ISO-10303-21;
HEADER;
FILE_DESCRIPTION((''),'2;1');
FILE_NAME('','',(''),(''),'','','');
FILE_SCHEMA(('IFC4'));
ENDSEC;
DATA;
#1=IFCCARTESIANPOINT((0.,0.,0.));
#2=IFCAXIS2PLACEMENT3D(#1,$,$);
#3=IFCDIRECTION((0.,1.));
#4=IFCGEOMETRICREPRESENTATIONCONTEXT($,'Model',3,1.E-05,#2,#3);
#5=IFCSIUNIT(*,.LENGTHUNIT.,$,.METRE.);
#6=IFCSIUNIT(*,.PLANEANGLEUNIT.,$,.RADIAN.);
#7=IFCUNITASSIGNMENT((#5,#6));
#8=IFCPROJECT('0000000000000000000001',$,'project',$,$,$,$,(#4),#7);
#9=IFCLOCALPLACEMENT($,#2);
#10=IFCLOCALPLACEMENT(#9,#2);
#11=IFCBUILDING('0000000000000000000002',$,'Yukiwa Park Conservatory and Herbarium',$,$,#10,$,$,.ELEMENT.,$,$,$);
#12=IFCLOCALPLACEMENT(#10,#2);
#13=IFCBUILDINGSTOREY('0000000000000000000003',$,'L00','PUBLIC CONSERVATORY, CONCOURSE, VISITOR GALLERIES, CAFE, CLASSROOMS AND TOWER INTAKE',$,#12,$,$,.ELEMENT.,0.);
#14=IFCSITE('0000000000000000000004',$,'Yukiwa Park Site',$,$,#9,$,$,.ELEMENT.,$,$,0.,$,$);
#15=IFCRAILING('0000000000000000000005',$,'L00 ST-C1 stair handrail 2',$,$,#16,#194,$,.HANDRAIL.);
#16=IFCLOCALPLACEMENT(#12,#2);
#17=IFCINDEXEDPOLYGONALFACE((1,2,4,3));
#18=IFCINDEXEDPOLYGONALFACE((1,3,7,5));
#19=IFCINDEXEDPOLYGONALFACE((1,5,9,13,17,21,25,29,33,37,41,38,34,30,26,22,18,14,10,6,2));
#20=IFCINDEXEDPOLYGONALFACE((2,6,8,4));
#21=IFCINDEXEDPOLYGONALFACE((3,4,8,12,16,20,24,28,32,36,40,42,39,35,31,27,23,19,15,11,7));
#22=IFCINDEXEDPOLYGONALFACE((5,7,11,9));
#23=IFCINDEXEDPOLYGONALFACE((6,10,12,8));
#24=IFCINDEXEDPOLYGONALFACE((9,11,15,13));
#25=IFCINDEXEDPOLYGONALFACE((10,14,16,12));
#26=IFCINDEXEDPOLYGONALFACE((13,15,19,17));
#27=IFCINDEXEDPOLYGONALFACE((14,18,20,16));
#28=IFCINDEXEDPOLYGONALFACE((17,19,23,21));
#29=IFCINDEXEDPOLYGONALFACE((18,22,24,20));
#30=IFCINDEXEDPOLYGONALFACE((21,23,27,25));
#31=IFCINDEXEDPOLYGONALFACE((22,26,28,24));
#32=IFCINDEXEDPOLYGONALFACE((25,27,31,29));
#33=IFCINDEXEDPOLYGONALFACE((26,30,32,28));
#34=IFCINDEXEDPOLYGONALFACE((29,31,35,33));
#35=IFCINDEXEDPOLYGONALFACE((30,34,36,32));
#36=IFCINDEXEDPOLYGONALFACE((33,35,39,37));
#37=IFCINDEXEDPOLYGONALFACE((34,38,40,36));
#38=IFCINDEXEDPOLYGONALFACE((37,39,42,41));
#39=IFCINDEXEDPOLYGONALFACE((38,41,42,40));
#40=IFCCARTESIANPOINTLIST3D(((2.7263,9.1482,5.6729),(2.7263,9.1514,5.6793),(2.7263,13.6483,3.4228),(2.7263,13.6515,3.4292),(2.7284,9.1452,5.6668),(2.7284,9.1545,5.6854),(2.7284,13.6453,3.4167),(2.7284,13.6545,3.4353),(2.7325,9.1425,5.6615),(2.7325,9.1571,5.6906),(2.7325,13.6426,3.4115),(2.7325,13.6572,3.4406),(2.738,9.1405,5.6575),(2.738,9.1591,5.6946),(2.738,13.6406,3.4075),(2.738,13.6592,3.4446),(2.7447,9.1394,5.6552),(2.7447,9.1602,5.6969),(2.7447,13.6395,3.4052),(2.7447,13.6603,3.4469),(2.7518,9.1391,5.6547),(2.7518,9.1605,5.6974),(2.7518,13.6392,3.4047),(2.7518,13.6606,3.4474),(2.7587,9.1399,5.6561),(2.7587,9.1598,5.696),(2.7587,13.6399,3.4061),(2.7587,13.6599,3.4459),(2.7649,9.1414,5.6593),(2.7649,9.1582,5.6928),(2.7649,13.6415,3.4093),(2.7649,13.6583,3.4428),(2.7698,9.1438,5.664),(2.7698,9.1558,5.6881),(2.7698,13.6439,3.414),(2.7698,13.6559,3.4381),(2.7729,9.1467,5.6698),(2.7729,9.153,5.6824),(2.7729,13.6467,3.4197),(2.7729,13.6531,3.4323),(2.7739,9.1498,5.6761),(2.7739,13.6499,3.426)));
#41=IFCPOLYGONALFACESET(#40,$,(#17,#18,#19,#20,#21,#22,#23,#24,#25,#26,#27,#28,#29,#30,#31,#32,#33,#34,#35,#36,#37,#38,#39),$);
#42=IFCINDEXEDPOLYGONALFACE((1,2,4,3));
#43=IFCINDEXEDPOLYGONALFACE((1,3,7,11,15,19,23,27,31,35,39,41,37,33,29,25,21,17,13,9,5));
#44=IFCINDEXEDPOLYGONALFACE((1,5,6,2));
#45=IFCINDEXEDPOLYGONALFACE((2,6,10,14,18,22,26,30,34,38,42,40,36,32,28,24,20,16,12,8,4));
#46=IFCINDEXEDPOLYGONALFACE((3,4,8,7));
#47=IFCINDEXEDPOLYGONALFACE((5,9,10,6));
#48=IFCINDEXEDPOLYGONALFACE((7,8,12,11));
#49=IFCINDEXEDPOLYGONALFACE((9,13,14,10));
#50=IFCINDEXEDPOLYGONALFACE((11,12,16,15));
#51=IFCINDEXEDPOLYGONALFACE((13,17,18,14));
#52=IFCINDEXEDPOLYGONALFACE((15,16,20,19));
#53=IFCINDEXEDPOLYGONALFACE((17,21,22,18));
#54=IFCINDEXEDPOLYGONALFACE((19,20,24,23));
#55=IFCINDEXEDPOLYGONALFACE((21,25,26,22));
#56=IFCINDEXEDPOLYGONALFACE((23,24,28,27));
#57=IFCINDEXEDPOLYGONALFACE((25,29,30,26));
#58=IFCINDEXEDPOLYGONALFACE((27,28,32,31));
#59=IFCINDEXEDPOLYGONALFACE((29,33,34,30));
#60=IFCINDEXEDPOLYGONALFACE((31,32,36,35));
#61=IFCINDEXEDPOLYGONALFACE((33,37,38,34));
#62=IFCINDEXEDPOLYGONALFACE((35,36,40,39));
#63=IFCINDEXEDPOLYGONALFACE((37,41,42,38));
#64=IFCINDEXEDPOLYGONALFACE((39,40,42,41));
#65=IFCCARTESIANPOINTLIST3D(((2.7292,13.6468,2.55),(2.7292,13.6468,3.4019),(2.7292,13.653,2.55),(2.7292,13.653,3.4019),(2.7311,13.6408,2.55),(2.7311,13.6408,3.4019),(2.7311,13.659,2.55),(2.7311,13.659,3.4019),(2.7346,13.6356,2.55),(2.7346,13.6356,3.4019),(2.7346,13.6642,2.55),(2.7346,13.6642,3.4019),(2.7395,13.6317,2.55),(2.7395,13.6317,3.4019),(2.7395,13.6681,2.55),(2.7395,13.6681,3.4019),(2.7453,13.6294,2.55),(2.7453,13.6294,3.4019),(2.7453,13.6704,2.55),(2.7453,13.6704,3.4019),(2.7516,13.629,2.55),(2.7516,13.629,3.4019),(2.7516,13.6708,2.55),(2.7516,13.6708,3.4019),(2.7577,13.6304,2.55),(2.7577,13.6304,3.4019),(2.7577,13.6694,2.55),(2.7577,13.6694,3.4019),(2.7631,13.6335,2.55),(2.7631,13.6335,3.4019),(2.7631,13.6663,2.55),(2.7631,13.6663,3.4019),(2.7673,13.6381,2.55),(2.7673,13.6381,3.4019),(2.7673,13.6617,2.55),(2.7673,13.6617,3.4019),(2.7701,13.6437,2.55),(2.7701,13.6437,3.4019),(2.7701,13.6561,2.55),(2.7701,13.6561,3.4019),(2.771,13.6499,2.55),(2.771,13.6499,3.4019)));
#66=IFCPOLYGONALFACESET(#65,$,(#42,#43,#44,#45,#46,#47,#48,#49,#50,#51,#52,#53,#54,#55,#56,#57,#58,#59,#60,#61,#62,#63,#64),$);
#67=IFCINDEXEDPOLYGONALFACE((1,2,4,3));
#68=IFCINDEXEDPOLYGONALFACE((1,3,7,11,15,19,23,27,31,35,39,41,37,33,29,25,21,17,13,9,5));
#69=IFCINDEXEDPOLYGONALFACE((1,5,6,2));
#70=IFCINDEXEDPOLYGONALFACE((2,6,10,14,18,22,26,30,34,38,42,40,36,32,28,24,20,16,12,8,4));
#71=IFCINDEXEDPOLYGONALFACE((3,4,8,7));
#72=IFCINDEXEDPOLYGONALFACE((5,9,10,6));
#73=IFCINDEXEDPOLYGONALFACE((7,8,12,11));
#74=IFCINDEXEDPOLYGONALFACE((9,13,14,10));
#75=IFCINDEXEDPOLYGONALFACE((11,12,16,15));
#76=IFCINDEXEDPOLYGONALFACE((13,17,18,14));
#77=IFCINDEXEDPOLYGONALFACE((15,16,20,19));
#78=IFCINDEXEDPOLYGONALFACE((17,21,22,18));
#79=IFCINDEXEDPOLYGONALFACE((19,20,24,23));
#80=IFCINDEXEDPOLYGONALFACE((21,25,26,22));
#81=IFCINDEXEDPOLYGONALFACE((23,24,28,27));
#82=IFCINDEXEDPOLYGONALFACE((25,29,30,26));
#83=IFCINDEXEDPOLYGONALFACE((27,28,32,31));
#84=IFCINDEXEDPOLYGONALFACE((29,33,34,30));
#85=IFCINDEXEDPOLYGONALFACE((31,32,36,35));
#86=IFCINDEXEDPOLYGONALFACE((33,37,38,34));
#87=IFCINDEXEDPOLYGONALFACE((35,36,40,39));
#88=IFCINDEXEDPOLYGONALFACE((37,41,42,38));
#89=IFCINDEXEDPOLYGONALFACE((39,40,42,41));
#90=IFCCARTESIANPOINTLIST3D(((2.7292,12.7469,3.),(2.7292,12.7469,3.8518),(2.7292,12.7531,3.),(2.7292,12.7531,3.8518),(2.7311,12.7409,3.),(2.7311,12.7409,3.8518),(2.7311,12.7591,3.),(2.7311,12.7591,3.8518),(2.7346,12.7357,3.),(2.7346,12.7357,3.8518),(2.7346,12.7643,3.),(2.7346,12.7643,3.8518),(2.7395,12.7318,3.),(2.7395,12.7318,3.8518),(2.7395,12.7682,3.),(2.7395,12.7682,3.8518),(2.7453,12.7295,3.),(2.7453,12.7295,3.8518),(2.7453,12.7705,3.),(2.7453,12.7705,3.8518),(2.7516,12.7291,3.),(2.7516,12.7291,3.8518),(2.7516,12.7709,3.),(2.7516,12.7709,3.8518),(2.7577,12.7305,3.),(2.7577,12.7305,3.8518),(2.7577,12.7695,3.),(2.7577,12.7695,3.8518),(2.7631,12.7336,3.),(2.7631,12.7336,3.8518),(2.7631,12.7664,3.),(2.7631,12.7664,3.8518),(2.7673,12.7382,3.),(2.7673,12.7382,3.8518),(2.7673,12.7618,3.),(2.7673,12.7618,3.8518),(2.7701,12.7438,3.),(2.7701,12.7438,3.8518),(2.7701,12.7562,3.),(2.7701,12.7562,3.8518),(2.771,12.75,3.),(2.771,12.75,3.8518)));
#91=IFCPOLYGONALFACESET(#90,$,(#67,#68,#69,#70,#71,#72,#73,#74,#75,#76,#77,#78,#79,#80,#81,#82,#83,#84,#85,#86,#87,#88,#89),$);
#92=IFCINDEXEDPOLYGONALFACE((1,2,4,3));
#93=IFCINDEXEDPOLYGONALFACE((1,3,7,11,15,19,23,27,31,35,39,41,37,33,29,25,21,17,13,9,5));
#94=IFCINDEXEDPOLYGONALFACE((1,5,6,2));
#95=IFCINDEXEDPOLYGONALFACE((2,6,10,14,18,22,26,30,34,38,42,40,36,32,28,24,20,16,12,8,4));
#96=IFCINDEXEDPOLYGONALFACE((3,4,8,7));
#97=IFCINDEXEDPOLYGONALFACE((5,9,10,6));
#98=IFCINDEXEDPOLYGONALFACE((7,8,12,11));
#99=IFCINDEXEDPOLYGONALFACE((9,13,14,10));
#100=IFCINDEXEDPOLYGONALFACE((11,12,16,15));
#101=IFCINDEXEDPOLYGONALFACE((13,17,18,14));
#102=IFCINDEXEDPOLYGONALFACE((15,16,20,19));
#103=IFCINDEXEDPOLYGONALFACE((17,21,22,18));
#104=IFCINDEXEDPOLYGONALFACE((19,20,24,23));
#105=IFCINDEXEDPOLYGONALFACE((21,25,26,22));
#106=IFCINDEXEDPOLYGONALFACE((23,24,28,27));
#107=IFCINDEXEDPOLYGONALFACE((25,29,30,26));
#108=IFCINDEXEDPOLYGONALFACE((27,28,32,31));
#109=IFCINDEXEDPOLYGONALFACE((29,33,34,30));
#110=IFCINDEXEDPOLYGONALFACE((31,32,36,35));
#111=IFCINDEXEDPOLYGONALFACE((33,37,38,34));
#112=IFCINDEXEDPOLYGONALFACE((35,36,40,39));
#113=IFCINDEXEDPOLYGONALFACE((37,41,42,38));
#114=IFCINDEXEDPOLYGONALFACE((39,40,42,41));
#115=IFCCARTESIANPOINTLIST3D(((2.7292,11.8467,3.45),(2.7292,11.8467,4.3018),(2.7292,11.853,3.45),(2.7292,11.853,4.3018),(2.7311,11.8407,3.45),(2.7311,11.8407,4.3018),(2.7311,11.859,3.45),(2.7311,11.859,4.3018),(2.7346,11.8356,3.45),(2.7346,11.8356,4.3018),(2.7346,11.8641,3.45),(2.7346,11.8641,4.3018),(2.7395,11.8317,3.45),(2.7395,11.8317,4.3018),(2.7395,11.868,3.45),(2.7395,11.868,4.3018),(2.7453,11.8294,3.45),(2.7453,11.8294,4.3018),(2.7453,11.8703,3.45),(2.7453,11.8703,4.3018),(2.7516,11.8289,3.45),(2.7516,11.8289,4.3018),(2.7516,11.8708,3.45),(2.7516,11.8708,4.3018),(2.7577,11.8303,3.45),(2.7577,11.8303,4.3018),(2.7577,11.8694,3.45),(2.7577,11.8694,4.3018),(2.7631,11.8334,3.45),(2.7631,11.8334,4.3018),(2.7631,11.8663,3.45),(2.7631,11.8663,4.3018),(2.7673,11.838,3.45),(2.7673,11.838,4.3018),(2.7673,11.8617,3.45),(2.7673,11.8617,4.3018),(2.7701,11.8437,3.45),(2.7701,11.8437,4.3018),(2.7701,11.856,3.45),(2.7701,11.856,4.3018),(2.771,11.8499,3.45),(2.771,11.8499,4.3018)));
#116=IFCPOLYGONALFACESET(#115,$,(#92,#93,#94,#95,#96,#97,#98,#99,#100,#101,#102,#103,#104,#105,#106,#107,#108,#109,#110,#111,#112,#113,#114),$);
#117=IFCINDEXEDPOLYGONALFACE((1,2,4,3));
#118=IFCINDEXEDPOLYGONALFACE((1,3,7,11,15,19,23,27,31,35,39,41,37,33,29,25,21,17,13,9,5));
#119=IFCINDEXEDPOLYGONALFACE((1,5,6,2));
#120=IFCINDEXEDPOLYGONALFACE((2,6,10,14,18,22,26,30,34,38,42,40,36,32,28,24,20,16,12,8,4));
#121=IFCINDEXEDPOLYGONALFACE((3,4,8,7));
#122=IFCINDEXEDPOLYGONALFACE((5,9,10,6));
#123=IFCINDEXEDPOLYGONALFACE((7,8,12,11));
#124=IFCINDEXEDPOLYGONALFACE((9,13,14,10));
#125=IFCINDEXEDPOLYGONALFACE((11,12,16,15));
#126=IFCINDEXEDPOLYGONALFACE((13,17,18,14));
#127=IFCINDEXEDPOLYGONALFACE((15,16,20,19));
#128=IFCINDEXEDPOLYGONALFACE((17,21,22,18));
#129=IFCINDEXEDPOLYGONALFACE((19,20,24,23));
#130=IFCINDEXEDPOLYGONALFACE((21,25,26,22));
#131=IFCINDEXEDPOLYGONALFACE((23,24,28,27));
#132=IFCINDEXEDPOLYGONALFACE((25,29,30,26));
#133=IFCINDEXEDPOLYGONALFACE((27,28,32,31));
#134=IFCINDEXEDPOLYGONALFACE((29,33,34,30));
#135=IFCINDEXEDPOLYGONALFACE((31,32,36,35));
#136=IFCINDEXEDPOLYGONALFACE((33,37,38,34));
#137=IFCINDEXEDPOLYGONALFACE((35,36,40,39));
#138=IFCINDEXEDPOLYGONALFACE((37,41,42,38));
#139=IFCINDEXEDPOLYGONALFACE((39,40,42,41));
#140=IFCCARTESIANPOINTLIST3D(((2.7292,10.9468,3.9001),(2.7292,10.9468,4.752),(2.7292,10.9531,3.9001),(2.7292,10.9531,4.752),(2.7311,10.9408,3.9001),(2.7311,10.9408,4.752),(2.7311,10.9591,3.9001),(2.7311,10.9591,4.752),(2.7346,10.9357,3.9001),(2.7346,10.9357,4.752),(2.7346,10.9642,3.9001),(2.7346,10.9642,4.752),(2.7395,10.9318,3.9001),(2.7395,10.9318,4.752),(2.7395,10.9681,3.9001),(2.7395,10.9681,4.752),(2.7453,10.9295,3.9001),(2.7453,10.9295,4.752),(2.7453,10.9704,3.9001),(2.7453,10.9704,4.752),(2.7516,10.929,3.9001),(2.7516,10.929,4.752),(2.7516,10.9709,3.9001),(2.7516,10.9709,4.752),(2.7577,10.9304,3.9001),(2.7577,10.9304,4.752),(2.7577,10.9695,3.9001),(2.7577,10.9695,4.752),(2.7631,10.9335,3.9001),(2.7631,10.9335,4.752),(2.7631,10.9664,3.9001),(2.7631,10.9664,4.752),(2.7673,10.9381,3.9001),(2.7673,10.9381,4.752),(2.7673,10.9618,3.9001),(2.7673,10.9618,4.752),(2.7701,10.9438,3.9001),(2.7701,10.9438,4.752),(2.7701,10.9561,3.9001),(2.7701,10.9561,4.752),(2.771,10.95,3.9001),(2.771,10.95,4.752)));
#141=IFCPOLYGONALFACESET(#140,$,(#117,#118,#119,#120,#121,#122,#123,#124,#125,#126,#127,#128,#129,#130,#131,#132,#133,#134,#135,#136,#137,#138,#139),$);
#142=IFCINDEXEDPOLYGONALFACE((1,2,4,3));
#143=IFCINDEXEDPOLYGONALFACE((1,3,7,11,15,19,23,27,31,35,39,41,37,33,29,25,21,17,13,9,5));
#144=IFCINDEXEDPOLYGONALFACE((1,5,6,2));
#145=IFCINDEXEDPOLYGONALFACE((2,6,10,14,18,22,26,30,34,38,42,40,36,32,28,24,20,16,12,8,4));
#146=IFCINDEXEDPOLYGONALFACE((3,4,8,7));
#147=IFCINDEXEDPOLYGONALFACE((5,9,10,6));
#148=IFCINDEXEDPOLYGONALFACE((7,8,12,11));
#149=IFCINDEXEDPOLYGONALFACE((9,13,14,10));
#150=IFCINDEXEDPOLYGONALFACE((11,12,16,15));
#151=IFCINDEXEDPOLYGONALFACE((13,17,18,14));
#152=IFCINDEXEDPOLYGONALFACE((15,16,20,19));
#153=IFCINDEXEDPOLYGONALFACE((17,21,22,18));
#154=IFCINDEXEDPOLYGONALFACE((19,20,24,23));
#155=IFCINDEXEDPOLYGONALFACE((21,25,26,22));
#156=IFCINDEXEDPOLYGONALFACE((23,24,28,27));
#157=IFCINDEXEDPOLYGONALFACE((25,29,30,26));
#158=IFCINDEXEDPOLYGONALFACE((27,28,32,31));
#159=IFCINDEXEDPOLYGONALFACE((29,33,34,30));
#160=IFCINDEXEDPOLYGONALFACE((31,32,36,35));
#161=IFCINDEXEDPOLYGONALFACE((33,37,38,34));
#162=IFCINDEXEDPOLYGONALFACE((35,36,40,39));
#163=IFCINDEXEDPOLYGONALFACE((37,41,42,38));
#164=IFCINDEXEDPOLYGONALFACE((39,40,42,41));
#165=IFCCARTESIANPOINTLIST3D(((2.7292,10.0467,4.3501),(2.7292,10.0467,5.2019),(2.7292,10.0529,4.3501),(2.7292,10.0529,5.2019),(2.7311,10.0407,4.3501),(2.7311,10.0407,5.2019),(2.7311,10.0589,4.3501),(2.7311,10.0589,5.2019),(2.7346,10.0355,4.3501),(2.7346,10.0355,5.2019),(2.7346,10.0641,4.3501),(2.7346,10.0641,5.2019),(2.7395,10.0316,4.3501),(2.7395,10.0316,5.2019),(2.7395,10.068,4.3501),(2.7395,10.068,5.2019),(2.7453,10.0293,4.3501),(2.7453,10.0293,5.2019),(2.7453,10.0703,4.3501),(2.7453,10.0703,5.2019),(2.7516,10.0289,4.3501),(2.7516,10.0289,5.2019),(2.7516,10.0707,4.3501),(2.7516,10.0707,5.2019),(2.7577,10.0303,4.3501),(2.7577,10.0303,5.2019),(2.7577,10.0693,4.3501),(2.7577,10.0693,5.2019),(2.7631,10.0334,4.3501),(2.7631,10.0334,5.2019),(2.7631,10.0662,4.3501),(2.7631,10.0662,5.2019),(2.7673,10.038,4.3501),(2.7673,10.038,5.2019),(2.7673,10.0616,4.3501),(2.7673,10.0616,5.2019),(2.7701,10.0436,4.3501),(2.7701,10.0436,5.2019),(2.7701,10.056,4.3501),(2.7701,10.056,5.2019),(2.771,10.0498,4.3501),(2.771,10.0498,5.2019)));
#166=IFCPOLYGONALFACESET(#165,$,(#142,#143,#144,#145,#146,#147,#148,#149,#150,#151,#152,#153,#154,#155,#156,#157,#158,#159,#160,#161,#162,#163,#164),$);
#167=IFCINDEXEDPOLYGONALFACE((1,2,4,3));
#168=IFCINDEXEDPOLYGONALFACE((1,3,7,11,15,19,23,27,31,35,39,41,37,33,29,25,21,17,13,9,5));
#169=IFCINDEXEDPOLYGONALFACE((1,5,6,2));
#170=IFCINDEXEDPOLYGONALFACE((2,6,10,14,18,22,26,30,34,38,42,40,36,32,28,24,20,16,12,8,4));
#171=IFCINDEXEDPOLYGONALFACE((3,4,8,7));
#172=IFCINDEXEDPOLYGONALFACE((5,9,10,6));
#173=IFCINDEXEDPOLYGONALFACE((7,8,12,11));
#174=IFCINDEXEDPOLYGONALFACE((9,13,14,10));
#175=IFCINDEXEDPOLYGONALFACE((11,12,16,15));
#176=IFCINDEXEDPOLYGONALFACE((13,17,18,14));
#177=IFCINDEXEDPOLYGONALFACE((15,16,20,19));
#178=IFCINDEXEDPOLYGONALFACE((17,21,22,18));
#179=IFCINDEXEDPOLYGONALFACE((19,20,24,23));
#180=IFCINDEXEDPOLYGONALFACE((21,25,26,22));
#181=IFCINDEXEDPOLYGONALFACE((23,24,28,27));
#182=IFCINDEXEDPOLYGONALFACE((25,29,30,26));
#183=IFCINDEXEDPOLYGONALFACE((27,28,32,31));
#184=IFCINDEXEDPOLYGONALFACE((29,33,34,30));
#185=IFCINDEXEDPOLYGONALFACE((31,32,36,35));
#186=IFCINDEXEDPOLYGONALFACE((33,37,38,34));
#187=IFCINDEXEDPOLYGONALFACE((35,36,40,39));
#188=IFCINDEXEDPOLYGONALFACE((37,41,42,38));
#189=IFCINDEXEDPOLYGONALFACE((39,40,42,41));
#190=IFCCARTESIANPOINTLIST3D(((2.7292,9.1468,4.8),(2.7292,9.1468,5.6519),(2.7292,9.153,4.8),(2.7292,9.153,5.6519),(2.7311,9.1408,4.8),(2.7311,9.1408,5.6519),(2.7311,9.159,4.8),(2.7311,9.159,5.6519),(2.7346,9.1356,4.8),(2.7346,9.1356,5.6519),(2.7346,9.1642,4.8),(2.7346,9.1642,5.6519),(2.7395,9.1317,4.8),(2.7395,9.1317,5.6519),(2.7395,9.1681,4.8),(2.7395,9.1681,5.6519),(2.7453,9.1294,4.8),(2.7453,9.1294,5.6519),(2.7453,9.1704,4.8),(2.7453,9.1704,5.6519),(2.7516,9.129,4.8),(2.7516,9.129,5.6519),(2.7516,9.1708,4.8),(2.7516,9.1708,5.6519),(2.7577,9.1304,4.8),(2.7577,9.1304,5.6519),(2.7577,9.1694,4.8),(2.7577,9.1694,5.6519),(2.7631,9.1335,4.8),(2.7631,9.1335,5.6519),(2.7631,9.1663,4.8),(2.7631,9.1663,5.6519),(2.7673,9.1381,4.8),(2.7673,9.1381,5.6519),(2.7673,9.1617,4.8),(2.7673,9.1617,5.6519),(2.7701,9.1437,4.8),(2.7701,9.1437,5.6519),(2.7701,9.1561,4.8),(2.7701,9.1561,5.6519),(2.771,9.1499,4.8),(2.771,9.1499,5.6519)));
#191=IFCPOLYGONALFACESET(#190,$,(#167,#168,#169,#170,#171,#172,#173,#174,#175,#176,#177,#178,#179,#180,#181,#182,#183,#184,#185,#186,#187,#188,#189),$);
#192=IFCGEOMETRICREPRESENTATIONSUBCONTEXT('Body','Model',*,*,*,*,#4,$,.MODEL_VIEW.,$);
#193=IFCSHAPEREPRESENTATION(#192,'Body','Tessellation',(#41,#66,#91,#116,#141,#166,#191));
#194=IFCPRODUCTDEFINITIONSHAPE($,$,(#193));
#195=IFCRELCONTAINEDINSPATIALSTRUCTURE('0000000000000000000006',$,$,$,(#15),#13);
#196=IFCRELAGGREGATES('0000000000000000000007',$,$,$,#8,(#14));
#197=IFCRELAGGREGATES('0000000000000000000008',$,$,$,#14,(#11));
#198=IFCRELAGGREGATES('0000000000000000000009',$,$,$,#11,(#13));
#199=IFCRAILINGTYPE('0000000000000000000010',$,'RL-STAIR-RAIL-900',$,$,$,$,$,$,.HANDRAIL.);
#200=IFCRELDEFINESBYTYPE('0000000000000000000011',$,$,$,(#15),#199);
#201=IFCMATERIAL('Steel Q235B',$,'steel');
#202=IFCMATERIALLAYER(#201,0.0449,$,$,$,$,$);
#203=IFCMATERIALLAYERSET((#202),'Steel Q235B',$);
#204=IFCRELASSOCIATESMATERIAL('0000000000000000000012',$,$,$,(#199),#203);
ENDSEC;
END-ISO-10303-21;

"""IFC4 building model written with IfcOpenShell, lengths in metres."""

from ifc_helpers import new_model, si_unit, direction, frame, origin, origin_2d, place, context, subcontext, project, spatial, circle, extrude, material, layer, layer_set, type_object, element, save


model = new_model("IFC4")

# Units and contexts
model_context = context("Model", 3, precision=1e-05, world=origin(), true_north=direction((0.0, 1.0)))
body_context = subcontext(model_context, "Body", "Model", "MODEL_VIEW")
ifc_project = project(units=[si_unit("LENGTHUNIT", "METRE"), si_unit("PLANEANGLEUNIT", "RADIAN")], contexts=[model_context])

# Site, building, storey
site_placement = place(None, origin())
site = spatial("IfcSite", under=ifc_project, at=site_placement, Name="Yukiwa Park Site", CompositionType="ELEMENT", RefElevation=0.0)
building_placement = place(site_placement, origin())
building = spatial("IfcBuilding", under=site, at=building_placement, Name="Yukiwa Park Conservatory and Herbarium", CompositionType="ELEMENT")
storey_placement = place(building_placement, origin())
storey = spatial("IfcBuildingStorey", under=building, at=storey_placement, Name="L00", Description="PUBLIC CONSERVATORY, CONCOURSE, VISITOR GALLERIES, CAFE, CLASSROOMS AND TOWER INTAKE", CompositionType="ELEMENT", Elevation=0.0)

# Railing
ifc_material_1 = material(Name="Steel Q235B", Category="steel")
ifc_layer_1 = layer(ifc_material_1, 0.0449)
ifc_layer_set_1 = layer_set([ifc_layer_1], Name="Steel Q235B")
railing_type_1 = type_object("IfcRailingType", Name="RL-STAIR-RAIL-900", PredefinedType="HANDRAIL", material=ifc_layer_set_1)
railing_1_placement = place(storey_placement, frame((2.75, 13.6499, 2.55)))
element("IfcRailing", 1, at=railing_1_placement, inside=storey, type_object=railing_type_1, Name="L00 ST-C1 stair handrail 2", PredefinedType="HANDRAIL", context=body_context, shape_type="SweptSolid", body=[
    extrude(circle(Radius=0.0239, at=origin_2d()), frame((0.0, 0.0, 0.876), z_axis=(0.0, -0.894427, 0.447214), x_axis=(1.0, 0.0, 0.0)), (0.0, 0.0, 1.0), 5.0312),
    extrude(circle(Radius=0.021, at=origin_2d()), origin(), (0.0, 0.0, 1.0), 0.8518),
    extrude(circle(Radius=0.021, at=origin_2d()), frame((0.0, -0.8999, 0.45)), (0.0, 0.0, 1.0), 0.8518),
    extrude(circle(Radius=0.021, at=origin_2d()), frame((0.0, -1.8, 0.8999)), (0.0, 0.0, 1.0), 0.8518),
    extrude(circle(Radius=0.021, at=origin_2d()), frame((0.0, -2.7, 1.3501)), (0.0, 0.0, 1.0), 0.8518),
    extrude(circle(Radius=0.021, at=origin_2d()), frame((0.0, -3.6001, 1.8)), (0.0, 0.0, 1.0), 0.8518),
    extrude(circle(Radius=0.021, at=origin_2d()), frame((0.0, -4.5, 2.25)), (0.0, 0.0, 1.0), 0.8518),
])

save(model, "model.ifc")
